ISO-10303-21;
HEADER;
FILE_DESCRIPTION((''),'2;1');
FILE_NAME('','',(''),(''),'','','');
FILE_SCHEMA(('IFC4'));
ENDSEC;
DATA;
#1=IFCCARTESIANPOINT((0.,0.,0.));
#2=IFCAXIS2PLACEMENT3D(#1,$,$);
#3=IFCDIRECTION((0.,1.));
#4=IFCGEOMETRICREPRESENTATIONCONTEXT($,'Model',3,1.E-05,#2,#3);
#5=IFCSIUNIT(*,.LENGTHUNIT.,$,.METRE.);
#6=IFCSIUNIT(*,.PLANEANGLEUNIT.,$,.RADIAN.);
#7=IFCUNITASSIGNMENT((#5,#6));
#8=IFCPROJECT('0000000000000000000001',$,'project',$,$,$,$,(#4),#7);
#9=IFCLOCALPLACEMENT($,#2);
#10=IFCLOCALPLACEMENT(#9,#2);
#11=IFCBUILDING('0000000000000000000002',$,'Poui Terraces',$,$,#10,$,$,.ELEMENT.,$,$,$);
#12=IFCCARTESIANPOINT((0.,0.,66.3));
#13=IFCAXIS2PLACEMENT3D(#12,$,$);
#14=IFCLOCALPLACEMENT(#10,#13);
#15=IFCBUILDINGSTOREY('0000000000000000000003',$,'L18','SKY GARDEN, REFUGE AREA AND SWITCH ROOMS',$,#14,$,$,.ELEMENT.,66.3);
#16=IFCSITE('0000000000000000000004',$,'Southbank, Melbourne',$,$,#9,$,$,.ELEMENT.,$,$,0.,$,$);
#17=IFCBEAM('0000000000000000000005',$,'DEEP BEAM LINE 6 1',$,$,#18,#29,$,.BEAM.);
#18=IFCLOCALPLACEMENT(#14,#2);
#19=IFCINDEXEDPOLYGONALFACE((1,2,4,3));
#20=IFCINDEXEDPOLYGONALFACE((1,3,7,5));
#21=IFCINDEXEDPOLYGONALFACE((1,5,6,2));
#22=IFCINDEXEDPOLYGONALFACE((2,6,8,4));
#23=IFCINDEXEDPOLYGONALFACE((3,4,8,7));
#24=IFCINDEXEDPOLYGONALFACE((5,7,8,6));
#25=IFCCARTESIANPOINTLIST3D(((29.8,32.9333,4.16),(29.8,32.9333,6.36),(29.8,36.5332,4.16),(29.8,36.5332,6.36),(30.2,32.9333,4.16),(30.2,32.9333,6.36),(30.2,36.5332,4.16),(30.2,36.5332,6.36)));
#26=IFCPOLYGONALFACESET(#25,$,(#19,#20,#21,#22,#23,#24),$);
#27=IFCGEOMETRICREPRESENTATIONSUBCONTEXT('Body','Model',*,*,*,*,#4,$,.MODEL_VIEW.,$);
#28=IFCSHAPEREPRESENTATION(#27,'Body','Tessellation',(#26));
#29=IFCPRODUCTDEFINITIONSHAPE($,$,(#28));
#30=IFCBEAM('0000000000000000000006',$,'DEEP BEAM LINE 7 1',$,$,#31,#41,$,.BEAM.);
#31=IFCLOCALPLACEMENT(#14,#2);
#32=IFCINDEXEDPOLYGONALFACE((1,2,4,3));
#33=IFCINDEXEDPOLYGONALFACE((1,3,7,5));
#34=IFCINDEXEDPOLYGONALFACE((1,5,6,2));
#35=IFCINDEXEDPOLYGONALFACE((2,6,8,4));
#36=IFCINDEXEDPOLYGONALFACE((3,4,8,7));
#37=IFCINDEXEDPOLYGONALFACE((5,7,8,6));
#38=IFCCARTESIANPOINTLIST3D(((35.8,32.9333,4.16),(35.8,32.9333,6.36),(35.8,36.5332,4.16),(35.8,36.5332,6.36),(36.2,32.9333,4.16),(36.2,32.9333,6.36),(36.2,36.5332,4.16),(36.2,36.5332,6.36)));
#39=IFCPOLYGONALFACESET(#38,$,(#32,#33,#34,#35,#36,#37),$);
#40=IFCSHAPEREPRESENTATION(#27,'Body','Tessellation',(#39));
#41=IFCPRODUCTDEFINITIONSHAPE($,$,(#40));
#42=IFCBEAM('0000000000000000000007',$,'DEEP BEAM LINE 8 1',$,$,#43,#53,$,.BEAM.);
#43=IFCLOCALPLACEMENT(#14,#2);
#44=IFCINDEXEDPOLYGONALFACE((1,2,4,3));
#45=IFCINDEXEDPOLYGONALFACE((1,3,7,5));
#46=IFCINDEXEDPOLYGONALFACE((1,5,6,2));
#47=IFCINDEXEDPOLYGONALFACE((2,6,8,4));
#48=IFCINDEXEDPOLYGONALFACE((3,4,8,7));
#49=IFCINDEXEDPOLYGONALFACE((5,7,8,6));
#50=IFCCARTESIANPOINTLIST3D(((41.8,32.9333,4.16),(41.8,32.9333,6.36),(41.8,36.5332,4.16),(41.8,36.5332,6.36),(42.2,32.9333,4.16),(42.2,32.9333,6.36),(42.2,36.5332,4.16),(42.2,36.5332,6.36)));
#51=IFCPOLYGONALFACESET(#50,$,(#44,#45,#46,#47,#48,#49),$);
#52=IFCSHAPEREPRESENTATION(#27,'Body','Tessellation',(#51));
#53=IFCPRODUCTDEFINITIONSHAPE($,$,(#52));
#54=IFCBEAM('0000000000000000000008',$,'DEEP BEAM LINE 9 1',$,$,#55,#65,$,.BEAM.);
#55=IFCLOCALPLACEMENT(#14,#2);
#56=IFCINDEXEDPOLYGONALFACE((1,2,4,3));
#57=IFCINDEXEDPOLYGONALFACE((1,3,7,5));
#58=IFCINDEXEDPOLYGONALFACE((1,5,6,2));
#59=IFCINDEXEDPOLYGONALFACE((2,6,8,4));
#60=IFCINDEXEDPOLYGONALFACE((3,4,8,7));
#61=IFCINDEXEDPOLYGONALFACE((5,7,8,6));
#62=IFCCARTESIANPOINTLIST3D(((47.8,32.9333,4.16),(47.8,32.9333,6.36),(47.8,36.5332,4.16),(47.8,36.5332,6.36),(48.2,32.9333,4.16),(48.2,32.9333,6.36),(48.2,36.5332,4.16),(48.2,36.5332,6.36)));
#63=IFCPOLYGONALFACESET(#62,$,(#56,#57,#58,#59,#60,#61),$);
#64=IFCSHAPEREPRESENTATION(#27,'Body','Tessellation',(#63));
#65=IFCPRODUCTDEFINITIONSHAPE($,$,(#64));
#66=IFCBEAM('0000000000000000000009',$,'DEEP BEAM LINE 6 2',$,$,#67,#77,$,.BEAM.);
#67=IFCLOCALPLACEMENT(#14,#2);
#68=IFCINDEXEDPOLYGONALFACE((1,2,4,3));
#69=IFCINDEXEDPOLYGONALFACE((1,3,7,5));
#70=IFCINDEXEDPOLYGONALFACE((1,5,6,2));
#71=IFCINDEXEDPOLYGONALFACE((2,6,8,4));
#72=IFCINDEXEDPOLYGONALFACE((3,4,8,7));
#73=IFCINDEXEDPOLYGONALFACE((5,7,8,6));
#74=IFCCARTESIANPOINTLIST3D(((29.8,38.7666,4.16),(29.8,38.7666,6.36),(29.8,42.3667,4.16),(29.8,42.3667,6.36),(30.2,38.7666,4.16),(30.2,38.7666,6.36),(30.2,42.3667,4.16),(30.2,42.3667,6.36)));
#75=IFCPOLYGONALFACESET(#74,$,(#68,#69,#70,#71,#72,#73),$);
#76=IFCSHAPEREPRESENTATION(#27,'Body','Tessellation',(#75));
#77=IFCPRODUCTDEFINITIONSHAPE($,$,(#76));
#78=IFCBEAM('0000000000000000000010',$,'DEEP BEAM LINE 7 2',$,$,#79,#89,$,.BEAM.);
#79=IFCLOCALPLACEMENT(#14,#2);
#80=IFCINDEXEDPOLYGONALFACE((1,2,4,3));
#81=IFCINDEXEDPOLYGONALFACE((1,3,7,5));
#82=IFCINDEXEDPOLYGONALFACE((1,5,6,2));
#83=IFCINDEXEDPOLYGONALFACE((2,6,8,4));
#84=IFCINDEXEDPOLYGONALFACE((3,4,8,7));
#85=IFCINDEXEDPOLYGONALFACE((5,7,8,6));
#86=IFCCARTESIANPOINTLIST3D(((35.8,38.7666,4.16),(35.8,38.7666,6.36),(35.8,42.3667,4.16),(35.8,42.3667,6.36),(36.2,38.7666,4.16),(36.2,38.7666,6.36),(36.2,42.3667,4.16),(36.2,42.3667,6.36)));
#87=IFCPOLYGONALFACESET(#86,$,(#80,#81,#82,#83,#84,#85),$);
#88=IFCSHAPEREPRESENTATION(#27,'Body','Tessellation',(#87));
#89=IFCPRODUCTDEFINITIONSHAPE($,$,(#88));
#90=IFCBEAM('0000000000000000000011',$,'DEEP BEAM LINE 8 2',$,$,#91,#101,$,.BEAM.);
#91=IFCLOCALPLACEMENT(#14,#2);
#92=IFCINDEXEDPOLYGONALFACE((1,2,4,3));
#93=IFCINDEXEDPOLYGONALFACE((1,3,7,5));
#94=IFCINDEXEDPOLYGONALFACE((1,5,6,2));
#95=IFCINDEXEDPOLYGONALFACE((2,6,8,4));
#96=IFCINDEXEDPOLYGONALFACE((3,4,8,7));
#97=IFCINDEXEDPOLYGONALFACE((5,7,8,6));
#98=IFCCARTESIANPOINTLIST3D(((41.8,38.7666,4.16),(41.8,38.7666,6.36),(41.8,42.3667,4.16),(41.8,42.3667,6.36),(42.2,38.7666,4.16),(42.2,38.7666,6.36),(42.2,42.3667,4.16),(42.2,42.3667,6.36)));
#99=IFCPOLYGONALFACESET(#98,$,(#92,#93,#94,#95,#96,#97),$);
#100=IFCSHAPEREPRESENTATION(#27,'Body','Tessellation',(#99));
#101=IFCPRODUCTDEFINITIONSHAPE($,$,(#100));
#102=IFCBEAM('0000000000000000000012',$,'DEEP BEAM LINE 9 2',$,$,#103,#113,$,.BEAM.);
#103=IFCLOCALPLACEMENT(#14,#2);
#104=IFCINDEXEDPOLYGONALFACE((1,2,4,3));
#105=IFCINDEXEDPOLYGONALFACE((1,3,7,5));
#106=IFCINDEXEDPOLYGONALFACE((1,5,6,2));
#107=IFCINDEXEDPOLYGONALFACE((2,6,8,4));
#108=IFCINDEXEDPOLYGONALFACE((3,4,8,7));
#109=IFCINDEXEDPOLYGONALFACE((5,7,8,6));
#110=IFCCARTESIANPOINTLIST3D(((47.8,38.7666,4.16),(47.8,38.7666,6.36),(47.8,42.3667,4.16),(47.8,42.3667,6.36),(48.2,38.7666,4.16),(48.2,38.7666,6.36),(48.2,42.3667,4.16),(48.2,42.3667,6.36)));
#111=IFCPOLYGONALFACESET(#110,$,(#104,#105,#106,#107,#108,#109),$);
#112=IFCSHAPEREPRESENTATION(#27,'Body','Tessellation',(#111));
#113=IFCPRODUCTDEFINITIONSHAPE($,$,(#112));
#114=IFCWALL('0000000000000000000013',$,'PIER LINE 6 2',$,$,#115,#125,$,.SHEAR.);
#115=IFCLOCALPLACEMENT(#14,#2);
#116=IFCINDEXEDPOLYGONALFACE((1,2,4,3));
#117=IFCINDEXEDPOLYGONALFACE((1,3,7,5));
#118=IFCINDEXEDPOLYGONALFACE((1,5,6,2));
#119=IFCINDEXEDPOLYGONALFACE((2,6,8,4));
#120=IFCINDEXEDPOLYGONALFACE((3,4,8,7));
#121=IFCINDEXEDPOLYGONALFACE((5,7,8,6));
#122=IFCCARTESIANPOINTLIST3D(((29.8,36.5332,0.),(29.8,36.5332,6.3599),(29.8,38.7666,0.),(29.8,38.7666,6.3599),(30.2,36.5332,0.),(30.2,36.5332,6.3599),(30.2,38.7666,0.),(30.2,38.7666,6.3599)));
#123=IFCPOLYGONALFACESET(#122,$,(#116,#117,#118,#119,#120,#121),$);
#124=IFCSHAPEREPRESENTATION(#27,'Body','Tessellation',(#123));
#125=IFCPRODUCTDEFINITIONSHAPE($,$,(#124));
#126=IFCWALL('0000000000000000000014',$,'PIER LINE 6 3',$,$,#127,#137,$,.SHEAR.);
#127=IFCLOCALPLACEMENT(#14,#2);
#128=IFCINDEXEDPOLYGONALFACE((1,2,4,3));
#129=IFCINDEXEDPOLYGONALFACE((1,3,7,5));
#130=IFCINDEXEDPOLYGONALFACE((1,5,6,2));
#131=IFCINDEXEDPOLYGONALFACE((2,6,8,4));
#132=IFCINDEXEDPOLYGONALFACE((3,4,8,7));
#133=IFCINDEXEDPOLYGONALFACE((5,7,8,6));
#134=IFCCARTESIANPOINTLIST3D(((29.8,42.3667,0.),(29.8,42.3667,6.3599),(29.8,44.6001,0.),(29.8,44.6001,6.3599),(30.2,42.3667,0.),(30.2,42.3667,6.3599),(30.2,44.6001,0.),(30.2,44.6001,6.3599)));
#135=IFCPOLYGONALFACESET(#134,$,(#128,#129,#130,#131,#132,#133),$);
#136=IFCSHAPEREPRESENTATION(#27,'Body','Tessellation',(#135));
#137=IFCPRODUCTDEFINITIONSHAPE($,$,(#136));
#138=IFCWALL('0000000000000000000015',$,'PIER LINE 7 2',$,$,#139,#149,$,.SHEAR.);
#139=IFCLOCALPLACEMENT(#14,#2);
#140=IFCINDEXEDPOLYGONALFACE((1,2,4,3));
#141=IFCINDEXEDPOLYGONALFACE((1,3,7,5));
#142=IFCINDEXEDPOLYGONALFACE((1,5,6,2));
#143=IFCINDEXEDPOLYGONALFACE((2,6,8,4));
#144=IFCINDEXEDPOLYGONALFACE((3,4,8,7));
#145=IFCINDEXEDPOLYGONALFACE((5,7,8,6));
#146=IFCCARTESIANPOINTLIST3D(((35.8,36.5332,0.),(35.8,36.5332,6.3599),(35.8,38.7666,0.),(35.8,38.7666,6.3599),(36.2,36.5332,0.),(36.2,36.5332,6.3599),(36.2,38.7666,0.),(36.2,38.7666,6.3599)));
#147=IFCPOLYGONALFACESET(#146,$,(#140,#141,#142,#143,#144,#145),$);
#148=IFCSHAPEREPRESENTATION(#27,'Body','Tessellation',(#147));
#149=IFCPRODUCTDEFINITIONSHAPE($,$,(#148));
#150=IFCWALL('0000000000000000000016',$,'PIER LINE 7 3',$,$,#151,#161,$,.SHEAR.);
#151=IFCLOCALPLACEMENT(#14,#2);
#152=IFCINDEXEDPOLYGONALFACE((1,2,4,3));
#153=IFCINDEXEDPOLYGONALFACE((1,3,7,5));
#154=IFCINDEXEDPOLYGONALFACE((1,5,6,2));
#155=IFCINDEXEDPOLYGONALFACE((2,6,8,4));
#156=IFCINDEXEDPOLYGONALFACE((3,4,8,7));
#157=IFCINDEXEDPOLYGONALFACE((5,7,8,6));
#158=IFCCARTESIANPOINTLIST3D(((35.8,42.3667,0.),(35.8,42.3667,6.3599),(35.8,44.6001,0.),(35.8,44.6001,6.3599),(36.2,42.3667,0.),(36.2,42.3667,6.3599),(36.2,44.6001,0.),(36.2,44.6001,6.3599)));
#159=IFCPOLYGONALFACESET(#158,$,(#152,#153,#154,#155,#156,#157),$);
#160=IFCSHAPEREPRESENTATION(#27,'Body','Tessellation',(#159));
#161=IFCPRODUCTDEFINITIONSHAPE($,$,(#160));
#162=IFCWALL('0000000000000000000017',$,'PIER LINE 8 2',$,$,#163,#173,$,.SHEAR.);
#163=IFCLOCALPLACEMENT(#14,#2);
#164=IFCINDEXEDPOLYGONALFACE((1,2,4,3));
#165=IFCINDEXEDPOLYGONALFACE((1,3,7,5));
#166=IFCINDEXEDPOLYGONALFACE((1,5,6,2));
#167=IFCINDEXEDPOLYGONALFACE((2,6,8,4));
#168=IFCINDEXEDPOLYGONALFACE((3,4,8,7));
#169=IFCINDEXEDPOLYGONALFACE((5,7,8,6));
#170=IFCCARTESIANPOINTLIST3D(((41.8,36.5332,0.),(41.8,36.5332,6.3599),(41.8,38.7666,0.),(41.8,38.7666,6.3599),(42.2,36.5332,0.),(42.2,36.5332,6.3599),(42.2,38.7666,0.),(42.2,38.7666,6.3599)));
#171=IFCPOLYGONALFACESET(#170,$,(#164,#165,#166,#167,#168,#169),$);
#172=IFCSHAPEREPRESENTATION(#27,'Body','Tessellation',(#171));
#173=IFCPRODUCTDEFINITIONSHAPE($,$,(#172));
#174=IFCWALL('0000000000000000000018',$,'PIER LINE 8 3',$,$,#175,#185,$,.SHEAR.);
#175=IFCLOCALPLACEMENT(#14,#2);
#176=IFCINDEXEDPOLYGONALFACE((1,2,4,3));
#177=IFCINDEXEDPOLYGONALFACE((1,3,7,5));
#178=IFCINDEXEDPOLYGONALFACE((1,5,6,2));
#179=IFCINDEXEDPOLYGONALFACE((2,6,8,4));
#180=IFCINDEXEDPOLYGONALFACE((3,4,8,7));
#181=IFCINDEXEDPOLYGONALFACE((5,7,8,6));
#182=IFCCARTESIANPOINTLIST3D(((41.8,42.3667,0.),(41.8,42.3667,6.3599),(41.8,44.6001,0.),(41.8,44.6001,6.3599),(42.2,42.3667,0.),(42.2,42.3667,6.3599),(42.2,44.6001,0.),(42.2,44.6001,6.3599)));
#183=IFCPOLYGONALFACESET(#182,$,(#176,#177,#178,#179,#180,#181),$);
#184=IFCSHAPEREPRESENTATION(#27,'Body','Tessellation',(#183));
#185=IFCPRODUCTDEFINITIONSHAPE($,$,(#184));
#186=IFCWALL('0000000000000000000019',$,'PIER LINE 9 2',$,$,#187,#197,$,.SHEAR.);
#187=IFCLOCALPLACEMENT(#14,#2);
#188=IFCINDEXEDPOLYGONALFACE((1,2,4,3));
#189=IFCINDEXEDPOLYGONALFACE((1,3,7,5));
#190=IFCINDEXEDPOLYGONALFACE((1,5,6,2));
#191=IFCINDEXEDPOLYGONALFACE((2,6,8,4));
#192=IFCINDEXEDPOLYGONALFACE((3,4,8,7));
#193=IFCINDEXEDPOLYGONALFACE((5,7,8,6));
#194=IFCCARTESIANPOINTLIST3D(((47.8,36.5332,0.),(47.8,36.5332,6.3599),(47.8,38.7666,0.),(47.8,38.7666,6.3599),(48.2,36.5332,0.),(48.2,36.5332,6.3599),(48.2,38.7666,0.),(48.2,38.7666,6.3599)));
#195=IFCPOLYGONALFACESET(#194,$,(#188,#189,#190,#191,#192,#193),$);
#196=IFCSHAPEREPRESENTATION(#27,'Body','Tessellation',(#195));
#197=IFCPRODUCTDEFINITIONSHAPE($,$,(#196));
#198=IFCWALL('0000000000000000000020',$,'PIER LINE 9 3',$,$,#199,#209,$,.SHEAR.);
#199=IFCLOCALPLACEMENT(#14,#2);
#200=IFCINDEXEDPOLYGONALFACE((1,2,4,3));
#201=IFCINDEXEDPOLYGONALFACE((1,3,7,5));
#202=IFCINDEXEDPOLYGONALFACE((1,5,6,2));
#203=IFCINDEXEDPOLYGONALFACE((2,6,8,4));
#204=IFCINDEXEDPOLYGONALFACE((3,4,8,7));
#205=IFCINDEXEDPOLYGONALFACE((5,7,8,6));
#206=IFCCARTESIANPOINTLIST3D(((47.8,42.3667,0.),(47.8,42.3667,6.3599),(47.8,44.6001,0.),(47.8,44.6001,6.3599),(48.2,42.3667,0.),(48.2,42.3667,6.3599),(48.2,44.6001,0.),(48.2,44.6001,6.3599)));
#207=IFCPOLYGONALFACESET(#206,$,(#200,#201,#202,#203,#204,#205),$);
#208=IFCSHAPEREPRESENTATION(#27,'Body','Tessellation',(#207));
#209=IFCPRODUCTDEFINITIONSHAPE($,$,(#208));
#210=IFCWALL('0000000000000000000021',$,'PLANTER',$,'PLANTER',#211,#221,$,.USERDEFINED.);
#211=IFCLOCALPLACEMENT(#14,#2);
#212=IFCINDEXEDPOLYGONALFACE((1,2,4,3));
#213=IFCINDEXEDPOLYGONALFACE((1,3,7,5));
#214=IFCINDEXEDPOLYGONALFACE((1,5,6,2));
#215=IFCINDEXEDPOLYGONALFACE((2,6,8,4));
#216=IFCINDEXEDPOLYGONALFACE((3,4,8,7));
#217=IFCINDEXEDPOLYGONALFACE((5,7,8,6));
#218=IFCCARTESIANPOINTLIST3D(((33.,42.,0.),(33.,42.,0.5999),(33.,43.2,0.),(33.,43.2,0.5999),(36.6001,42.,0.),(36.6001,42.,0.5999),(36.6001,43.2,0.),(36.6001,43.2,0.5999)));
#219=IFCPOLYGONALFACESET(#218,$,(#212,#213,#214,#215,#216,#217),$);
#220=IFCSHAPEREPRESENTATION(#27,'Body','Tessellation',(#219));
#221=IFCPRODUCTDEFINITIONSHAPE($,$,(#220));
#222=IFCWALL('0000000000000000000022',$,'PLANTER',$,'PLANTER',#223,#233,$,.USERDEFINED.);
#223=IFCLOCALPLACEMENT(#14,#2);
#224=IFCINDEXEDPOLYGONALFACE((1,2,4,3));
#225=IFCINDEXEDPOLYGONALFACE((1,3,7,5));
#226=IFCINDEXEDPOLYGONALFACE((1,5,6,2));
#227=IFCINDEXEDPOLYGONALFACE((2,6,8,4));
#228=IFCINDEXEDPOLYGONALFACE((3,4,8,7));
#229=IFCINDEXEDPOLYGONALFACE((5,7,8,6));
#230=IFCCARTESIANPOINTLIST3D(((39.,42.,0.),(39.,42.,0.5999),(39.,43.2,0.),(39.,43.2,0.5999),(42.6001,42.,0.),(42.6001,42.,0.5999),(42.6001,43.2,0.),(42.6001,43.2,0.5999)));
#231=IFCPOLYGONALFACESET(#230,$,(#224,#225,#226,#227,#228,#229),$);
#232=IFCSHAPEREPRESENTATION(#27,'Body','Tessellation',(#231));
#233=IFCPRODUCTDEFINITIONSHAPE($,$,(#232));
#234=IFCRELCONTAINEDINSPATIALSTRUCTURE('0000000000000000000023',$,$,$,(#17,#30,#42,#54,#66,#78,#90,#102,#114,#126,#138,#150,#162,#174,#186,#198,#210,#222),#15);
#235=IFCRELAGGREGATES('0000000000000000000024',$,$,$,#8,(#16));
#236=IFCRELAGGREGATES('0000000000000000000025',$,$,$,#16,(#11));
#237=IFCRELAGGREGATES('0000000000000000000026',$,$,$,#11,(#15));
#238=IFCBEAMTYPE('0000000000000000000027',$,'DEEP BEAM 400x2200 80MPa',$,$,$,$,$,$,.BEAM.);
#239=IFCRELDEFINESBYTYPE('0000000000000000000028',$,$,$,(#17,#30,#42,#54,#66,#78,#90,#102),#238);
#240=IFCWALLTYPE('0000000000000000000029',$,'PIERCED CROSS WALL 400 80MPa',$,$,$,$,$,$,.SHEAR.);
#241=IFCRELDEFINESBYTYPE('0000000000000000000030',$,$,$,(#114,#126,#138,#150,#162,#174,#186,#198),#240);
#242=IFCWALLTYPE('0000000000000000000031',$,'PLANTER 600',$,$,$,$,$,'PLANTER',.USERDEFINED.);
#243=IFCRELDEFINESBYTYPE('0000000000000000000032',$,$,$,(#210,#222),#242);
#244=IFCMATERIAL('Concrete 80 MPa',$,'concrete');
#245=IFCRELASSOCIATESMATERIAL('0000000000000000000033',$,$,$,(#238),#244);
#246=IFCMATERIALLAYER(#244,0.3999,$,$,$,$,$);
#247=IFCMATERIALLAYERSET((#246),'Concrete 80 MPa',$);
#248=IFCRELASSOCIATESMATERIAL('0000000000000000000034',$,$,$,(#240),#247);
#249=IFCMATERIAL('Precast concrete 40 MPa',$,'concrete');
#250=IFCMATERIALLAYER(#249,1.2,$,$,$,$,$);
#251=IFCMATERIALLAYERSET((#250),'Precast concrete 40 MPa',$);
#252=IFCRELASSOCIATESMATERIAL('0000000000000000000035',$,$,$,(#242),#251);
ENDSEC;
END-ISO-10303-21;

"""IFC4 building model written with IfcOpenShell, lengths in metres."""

from ifc_helpers import new_model, si_unit, direction, frame, frame_2d, origin, origin_2d, place, context, subcontext, project, spatial, polyline, rectangle, outline, extrude, source, transform, mapped, material, layer, layer_set, material_profile, profile_set, type_object, element, save


model = new_model("IFC4")

# Units and contexts
model_context = context("Model", 3, precision=1e-05, world=origin(), true_north=direction((0.0, 1.0)))
body_context = subcontext(model_context, "Body", "Model", "MODEL_VIEW")
ifc_project = project(units=[si_unit("LENGTHUNIT", "METRE"), si_unit("PLANEANGLEUNIT", "RADIAN")], contexts=[model_context])

# Site, building, storey
site_placement = place(None, origin())
site = spatial("IfcSite", under=ifc_project, at=site_placement, Name="Southbank, Melbourne", CompositionType="ELEMENT", RefElevation=0.0)
building_placement = place(site_placement, origin())
building = spatial("IfcBuilding", under=site, at=building_placement, Name="Poui Terraces", CompositionType="ELEMENT")
storey_placement = place(building_placement, frame((0.0, 0.0, 66.3)))
storey = spatial("IfcBuildingStorey", under=building, at=storey_placement, Name="L18", Description="SKY GARDEN, REFUGE AREA AND SWITCH ROOMS", CompositionType="ELEMENT", Elevation=66.3)

# Beams
ifc_material_1 = material(Name="Concrete 80 MPa", Category="concrete")
ifc_material_profile = material_profile(ifc_material_1, rectangle(XDim=0.3999, YDim=2.2, at=origin_2d()), Name="RC 400x2200")
ifc_profile_set = profile_set([ifc_material_profile], Name="Concrete 80 MPa")
beam_type = type_object("IfcBeamType", Name="DEEP BEAM 400x2200 80MPa", PredefinedType="BEAM", material=ifc_profile_set)
shared_shape_1 = source(origin(), body_context, "Body", "SweptSolid", [
    extrude(rectangle(XDim=0.3999, YDim=2.2, at=origin_2d()), origin(), (0.0, 0.0, 1.0), 3.5999),
])
for number, where, z_axis, x_axis, name in (
    (1, (30.0, 32.9333, 5.26), (0.0, 1.0, 0.0), (-1.0, 0.0, 0.0), "DEEP BEAM LINE 6 1"),
    (2, (36.0, 32.9333, 5.26), (0.0, 1.0, 0.0), (-1.0, 0.0, 0.0), "DEEP BEAM LINE 7 1"),
    (3, (42.0, 32.9333, 5.26), (0.0, 1.0, 0.0), (-1.0, 0.0, 0.0), "DEEP BEAM LINE 8 1"),
    (4, (48.0, 32.9333, 5.26), (0.0, 1.0, 0.0), (-1.0, 0.0, 0.0), "DEEP BEAM LINE 9 1"),
):
    element("IfcBeam", number, at=place(storey_placement, frame(where, z_axis=z_axis, x_axis=x_axis)), inside=storey, type_object=beam_type, Name=name, PredefinedType="BEAM", context=body_context, shape_type="MappedRepresentation", body=[
        mapped(shared_shape_1, transform((0.0, 0.0, 0.0))),
    ])
shared_shape_2 = source(origin(), body_context, "Body", "SweptSolid", [
    extrude(rectangle(XDim=0.3999, YDim=2.2, at=origin_2d()), origin(), (0.0, 0.0, 1.0), 3.6001),
])
for number, where, z_axis, x_axis, name in (
    (5, (30.0, 38.7666, 5.26), (0.0, 1.0, 0.0), (-1.0, 0.0, 0.0), "DEEP BEAM LINE 6 2"),
    (6, (36.0, 38.7666, 5.26), (0.0, 1.0, 0.0), (-1.0, 0.0, 0.0), "DEEP BEAM LINE 7 2"),
    (7, (42.0, 38.7666, 5.26), (0.0, 1.0, 0.0), (-1.0, 0.0, 0.0), "DEEP BEAM LINE 8 2"),
    (8, (48.0, 38.7666, 5.26), (0.0, 1.0, 0.0), (-1.0, 0.0, 0.0), "DEEP BEAM LINE 9 2"),
):
    element("IfcBeam", number, at=place(storey_placement, frame(where, z_axis=z_axis, x_axis=x_axis)), inside=storey, type_object=beam_type, Name=name, PredefinedType="BEAM", context=body_context, shape_type="MappedRepresentation", body=[
        mapped(shared_shape_2, transform((0.0, 0.0, 0.0))),
    ])

# Walls
ifc_layer_1 = layer(ifc_material_1, 0.3999)
ifc_layer_set_1 = layer_set([ifc_layer_1], Name="Concrete 80 MPa")
wall_type_1 = type_object("IfcWallType", Name="PIERCED CROSS WALL 400 80MPa", PredefinedType="SHEAR", material=ifc_layer_set_1)
for number, where, z_axis, x_axis, name in (
    (9, (30.0, 36.5332, 0.0), (0.0, 0.0, 1.0), (0.0, 1.0, 0.0), "PIER LINE 6 2"),
    (10, (30.0, 42.3667, 0.0), (0.0, 0.0, 1.0), (0.0, 1.0, 0.0), "PIER LINE 6 3"),
    (11, (36.0, 36.5332, 0.0), (0.0, 0.0, 1.0), (0.0, 1.0, 0.0), "PIER LINE 7 2"),
    (12, (36.0, 42.3667, 0.0), (0.0, 0.0, 1.0), (0.0, 1.0, 0.0), "PIER LINE 7 3"),
    (13, (42.0, 36.5332, 0.0), (0.0, 0.0, 1.0), (0.0, 1.0, 0.0), "PIER LINE 8 2"),
    (14, (42.0, 42.3667, 0.0), (0.0, 0.0, 1.0), (0.0, 1.0, 0.0), "PIER LINE 8 3"),
    (15, (48.0, 36.5332, 0.0), (0.0, 0.0, 1.0), (0.0, 1.0, 0.0), "PIER LINE 9 2"),
    (16, (48.0, 42.3667, 0.0), (0.0, 0.0, 1.0), (0.0, 1.0, 0.0), "PIER LINE 9 3"),
):
    element("IfcWall", number, at=place(storey_placement, frame(where, z_axis=z_axis, x_axis=x_axis)), inside=storey, type_object=wall_type_1, Name=name, PredefinedType="SHEAR", context=body_context, shape_type="SweptSolid", body=[
        extrude(rectangle(XDim=2.2334, YDim=0.3999, at=frame_2d((1.1167, 0.0))), origin(), (0.0, 0.0, 1.0), 6.3599),
    ])
ifc_material_2 = material(Name="Precast concrete 40 MPa", Category="concrete")
ifc_layer_2 = layer(ifc_material_2, 1.2)
ifc_layer_set_2 = layer_set([ifc_layer_2], Name="Precast concrete 40 MPa")
wall_type_2 = type_object("IfcWallType", Name="PLANTER 600", ElementType="PLANTER", PredefinedType="USERDEFINED", material=ifc_layer_set_2)
shared_shape_3 = source(origin(), body_context, "Body", "SweptSolid", [
    extrude(outline(polyline([(0.0, 0.0), (3.6001, 0.0), (3.6001, 1.2), (0.0, 1.2), (0.0, 0.0)])), origin(), (0.0, 0.0, 1.0), 0.5999),
])
for number, where, name in (
    (17, (33.0, 42.0, 0.0), "PLANTER"),
    (18, (39.0, 42.0, 0.0), "PLANTER"),
):
    element("IfcWall", number, at=place(storey_placement, frame(where)), inside=storey, type_object=wall_type_2, Name=name, ObjectType="PLANTER", PredefinedType="USERDEFINED", context=body_context, shape_type="MappedRepresentation", body=[
        mapped(shared_shape_3, transform((0.0, 0.0, 0.0))),
    ])

save(model, "model.ifc")
